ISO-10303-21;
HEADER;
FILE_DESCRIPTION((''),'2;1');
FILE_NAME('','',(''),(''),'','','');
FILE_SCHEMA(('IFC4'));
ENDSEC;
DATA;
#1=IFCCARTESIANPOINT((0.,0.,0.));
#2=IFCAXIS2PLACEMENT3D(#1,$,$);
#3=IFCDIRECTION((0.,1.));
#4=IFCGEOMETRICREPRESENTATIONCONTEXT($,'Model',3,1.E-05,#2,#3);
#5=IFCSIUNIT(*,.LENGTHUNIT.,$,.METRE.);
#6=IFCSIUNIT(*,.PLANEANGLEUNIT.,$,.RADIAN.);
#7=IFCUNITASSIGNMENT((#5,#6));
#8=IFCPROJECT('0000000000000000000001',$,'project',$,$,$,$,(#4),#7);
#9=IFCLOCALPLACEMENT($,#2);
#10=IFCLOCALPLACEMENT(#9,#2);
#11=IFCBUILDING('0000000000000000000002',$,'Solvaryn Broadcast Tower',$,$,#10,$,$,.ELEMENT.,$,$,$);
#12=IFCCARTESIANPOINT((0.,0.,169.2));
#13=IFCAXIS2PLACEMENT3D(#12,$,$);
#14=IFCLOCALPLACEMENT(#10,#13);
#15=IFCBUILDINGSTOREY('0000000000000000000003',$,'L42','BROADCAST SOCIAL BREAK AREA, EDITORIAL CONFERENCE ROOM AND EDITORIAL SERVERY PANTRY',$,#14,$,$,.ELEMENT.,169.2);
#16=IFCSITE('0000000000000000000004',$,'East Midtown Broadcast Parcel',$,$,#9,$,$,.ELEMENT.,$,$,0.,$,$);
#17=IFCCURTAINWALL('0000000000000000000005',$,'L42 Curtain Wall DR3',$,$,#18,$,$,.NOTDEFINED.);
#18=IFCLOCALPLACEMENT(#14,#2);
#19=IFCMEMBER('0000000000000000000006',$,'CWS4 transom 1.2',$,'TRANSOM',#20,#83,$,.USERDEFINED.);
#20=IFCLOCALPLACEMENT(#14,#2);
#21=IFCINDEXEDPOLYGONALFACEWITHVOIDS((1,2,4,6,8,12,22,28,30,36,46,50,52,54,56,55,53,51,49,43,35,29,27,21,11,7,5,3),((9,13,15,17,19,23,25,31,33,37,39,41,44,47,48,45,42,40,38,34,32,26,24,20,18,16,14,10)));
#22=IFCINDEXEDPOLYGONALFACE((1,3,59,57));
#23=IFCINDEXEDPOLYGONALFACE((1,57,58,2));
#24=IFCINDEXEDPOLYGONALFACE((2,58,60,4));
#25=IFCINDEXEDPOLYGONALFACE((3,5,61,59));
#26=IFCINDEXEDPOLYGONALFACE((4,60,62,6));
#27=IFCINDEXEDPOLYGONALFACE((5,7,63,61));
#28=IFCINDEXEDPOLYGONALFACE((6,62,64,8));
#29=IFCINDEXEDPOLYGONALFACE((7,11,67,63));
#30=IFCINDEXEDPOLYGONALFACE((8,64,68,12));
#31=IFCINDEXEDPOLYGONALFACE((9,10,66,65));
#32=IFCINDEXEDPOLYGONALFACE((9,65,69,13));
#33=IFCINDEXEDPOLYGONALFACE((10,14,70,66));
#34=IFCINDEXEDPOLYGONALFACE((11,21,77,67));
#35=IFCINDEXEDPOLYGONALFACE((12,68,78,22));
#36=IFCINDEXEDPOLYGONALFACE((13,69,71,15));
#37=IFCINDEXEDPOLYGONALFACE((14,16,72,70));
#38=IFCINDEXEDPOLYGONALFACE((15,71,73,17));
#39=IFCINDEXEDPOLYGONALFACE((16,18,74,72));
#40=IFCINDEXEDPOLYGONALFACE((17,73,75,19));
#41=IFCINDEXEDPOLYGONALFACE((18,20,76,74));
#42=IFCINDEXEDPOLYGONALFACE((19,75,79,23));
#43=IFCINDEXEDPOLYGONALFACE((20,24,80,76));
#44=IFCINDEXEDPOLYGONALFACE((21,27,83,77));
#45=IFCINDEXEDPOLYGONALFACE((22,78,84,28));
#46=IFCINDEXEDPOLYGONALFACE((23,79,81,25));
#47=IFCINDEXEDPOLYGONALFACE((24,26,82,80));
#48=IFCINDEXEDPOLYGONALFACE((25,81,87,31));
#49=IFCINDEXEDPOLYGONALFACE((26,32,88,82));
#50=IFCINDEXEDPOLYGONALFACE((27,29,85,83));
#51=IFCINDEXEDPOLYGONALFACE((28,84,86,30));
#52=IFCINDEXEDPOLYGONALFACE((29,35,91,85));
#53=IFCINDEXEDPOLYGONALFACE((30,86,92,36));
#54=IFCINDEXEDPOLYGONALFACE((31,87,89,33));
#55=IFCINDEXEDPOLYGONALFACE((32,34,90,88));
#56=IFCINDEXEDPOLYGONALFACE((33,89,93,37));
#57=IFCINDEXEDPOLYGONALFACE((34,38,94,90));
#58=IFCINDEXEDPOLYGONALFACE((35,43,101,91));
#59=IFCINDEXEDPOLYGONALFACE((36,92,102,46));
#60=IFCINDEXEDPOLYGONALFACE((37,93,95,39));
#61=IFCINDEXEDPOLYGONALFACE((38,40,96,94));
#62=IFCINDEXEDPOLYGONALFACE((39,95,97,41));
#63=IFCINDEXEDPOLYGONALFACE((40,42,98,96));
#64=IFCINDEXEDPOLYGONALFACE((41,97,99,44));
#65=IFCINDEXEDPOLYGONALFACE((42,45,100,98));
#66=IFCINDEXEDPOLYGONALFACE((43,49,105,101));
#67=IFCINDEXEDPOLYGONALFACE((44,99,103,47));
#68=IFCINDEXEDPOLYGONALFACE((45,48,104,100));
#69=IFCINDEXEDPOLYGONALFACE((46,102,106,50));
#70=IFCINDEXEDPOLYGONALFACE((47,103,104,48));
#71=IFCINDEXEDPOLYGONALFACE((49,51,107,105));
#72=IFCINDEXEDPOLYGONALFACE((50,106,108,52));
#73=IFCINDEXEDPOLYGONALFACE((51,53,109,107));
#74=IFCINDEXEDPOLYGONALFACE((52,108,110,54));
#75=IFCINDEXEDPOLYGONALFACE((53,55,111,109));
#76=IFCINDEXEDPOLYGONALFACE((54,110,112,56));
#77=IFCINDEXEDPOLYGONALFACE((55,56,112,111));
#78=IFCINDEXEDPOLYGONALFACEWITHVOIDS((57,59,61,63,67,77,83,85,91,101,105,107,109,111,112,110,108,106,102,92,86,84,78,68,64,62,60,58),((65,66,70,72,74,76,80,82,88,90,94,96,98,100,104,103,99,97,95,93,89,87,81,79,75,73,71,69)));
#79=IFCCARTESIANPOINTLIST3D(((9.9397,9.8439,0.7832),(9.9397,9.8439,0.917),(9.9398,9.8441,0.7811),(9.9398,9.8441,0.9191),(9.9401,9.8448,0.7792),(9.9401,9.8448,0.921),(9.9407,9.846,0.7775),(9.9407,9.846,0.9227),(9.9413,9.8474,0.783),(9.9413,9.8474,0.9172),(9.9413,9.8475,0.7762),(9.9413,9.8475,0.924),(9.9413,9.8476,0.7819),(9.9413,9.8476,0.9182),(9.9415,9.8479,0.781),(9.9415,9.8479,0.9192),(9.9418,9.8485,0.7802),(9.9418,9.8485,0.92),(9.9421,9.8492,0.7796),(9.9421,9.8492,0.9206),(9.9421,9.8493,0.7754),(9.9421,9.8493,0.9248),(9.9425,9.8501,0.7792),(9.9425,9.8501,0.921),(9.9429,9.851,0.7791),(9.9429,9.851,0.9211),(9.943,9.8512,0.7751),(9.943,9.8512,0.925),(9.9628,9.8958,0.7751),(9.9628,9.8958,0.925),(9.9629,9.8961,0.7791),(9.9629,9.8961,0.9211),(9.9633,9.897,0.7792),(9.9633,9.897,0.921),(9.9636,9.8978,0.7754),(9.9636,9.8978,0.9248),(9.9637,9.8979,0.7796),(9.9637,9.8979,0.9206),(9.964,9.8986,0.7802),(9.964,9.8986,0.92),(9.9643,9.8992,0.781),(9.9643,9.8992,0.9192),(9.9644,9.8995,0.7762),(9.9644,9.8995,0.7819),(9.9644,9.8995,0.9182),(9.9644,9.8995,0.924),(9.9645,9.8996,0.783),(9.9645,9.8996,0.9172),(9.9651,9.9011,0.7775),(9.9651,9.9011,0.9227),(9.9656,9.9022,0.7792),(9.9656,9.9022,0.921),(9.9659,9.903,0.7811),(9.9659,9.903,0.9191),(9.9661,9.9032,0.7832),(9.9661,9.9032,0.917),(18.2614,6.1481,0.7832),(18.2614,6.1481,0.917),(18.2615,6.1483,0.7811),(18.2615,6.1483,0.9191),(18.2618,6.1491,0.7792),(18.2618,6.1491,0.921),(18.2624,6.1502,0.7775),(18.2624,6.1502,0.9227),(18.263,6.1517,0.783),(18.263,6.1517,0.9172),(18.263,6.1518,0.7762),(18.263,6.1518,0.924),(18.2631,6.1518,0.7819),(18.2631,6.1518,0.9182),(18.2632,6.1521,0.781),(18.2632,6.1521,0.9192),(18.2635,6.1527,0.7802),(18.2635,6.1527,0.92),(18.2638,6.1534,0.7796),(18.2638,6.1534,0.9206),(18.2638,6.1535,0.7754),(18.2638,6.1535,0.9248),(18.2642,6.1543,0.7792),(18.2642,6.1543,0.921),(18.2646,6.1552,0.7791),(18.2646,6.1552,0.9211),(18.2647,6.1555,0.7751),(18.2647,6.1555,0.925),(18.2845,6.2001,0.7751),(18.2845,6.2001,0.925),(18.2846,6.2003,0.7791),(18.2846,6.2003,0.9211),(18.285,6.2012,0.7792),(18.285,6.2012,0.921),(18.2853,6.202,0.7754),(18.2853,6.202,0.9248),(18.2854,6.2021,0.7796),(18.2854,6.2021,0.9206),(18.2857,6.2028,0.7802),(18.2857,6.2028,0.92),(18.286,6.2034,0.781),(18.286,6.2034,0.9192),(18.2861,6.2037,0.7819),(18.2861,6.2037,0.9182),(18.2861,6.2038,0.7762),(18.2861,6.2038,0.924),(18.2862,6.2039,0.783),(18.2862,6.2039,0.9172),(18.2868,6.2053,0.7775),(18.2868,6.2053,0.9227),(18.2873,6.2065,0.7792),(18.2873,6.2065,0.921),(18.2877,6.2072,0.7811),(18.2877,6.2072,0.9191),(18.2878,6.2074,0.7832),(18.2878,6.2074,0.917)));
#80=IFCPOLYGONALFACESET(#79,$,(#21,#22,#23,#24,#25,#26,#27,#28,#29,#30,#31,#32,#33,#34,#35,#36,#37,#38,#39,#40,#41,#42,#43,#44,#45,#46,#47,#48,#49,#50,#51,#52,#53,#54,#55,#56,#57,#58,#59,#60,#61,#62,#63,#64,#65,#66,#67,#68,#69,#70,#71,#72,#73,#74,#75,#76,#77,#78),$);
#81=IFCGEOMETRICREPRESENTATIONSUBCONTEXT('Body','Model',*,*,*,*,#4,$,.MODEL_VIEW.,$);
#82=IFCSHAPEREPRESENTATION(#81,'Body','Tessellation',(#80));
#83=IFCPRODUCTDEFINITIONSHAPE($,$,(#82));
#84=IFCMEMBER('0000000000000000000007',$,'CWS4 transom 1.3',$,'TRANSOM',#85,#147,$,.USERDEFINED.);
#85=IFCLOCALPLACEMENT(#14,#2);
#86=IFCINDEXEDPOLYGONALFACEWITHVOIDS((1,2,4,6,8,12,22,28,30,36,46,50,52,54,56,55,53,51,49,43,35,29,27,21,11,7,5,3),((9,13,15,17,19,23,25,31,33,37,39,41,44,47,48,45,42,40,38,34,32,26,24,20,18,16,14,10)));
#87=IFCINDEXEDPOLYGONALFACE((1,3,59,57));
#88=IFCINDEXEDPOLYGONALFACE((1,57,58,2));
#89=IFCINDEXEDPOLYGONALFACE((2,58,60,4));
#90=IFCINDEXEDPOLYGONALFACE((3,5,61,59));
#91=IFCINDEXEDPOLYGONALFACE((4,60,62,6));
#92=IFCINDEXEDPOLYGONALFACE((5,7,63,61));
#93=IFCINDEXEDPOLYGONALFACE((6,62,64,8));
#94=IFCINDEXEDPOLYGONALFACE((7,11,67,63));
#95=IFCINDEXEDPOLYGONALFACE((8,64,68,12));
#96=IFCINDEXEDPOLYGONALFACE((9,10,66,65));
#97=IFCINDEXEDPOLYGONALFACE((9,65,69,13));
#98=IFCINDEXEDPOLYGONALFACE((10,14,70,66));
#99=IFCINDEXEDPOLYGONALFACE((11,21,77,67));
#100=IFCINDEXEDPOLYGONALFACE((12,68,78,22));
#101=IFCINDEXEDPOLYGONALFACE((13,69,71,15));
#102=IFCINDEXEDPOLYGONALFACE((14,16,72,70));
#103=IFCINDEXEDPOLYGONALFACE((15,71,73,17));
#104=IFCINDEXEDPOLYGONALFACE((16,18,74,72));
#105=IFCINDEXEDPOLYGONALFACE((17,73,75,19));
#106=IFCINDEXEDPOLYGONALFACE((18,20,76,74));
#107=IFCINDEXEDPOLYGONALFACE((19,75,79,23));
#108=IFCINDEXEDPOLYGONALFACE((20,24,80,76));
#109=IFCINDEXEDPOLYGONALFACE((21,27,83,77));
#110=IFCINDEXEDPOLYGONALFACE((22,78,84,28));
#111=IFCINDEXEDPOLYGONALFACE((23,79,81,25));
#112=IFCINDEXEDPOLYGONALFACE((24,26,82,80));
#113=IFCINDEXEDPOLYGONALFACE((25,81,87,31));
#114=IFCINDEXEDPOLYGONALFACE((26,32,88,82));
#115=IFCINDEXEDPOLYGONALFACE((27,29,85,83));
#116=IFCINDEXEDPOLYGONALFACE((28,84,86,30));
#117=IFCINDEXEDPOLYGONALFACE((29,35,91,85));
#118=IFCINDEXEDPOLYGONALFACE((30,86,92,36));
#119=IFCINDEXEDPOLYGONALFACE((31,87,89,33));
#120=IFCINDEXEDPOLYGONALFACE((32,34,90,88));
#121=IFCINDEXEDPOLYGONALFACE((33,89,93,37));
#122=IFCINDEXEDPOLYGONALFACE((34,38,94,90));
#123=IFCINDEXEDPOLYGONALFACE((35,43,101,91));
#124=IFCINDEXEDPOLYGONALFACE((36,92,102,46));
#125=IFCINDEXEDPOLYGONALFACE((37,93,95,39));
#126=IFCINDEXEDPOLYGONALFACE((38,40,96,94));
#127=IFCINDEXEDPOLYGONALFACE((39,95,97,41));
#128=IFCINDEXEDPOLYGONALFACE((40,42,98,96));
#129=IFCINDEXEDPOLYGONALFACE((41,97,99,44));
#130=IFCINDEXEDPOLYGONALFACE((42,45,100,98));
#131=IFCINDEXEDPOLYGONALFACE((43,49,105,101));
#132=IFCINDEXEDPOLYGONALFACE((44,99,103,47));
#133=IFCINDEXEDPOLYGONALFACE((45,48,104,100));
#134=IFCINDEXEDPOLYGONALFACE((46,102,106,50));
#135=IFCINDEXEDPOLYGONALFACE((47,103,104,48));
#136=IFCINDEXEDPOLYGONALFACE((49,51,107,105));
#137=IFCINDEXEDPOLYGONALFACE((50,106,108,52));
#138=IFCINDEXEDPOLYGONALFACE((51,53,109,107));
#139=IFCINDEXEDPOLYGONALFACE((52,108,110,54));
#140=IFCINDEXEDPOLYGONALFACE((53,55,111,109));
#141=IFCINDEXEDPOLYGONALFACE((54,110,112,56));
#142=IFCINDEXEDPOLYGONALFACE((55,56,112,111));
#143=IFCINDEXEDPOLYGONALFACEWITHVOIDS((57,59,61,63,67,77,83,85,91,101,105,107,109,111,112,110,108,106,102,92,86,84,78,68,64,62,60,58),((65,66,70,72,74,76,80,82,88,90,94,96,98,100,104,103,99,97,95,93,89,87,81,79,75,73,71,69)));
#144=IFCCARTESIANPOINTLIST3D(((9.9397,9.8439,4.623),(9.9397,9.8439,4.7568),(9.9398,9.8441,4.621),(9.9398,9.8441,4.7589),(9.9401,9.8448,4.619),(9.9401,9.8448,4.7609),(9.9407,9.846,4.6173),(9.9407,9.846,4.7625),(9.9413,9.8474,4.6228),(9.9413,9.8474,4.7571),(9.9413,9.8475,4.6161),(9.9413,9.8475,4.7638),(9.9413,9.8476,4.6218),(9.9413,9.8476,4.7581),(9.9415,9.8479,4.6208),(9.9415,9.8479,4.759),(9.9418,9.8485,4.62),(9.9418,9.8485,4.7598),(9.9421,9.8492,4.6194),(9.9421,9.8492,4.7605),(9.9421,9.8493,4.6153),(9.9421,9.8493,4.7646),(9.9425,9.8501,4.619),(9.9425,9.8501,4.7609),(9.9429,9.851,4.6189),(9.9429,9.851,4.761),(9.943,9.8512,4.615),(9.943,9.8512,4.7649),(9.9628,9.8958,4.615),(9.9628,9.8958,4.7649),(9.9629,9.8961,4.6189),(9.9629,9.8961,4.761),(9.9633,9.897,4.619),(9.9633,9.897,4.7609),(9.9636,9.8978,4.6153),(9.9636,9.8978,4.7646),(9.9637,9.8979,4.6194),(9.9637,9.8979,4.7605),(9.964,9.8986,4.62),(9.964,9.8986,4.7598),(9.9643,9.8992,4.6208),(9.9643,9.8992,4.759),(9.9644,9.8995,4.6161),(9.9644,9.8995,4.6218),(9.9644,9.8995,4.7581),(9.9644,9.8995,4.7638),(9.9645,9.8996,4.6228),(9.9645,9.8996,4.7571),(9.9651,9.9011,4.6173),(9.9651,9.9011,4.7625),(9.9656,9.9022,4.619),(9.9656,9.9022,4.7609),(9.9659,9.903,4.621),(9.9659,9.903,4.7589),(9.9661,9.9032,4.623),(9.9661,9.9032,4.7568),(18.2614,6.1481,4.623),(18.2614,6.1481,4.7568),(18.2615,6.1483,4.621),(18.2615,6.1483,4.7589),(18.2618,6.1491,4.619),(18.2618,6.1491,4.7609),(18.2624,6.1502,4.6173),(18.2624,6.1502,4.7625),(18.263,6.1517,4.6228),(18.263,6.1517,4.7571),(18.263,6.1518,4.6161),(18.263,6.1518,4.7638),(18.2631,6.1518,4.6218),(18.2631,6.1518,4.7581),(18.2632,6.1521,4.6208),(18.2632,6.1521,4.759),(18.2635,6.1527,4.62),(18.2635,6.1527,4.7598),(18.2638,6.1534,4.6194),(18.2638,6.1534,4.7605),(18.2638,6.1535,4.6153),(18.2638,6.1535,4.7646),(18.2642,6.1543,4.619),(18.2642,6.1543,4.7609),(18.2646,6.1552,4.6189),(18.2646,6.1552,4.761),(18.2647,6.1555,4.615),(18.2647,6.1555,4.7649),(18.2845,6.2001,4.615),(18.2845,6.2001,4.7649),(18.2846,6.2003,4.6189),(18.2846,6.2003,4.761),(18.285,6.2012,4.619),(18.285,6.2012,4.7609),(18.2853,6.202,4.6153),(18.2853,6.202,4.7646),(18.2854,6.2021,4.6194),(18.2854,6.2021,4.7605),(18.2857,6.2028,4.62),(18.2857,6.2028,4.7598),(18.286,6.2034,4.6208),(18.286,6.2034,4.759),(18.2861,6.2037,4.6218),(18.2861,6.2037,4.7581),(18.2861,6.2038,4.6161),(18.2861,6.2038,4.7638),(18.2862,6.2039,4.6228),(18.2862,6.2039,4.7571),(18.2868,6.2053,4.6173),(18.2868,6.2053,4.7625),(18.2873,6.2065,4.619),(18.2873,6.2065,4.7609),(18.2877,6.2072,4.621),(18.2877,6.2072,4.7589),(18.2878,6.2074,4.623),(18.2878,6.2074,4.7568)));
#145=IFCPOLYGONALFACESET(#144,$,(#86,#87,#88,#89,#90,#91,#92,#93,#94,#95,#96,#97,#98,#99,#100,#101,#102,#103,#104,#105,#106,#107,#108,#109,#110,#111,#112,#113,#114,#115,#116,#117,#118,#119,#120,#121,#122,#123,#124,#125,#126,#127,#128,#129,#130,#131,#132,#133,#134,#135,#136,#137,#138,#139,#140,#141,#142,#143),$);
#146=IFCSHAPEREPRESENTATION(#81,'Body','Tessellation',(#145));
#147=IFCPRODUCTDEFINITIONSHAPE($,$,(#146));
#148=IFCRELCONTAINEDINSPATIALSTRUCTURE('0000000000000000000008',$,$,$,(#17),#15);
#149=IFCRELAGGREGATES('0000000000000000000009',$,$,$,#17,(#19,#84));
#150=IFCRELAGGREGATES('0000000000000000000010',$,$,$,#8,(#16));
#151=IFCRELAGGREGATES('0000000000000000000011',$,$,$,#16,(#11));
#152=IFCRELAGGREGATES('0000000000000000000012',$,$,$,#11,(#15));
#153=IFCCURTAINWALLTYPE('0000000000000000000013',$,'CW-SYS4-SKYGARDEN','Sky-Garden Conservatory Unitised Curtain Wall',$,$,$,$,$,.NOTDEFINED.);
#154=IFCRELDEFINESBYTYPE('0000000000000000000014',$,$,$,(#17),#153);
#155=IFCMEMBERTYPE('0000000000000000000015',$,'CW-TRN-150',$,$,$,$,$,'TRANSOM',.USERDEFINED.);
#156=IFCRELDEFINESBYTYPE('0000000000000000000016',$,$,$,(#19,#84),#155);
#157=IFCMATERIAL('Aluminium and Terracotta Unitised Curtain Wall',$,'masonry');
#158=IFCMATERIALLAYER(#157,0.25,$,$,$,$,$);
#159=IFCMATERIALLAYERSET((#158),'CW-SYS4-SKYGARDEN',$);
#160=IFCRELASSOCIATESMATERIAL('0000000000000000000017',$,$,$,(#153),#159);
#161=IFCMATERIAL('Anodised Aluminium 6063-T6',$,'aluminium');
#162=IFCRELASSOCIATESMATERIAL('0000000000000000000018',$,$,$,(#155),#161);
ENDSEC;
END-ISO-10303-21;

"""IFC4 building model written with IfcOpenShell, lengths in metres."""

from ifc_helpers import new_model, si_unit, direction, frame, origin, origin_2d, place, context, subcontext, project, spatial, hollow_rectangle, extrude, material, layer, layer_set, material_profile, profile_set, type_object, element, aggregate, save


model = new_model("IFC4")

# Units and contexts
model_context = context("Model", 3, precision=1e-05, world=origin(), true_north=direction((0.0, 1.0)))
body_context = subcontext(model_context, "Body", "Model", "MODEL_VIEW")
ifc_project = project(units=[si_unit("LENGTHUNIT", "METRE"), si_unit("PLANEANGLEUNIT", "RADIAN")], contexts=[model_context])

# Site, building, storey
site_placement = place(None, origin())
site = spatial("IfcSite", under=ifc_project, at=site_placement, Name="East Midtown Broadcast Parcel", CompositionType="ELEMENT", RefElevation=0.0)
building_placement = place(site_placement, origin())
building = spatial("IfcBuilding", under=site, at=building_placement, Name="Solvaryn Broadcast Tower", CompositionType="ELEMENT")
storey_placement = place(building_placement, frame((0.0, 0.0, 169.2)))
storey = spatial("IfcBuildingStorey", under=building, at=storey_placement, Name="L42", Description="BROADCAST SOCIAL BREAK AREA, EDITORIAL CONFERENCE ROOM AND EDITORIAL SERVERY PANTRY", CompositionType="ELEMENT", Elevation=169.2)

# Shared definitions
ifc_material_1 = material(Name="Aluminium and Terracotta Unitised Curtain Wall", Category="masonry")
ifc_layer_1 = layer(ifc_material_1, 0.25)
ifc_layer_set_1 = layer_set([ifc_layer_1], Name="CW-SYS4-SKYGARDEN")
curtain_wall_type = type_object("IfcCurtainWallType", Name="CW-SYS4-SKYGARDEN", Description="Sky-Garden Conservatory Unitised Curtain Wall", PredefinedType="NOTDEFINED", material=ifc_layer_set_1)

# Curtain wall, members
curtain_wall_1_placement = place(storey_placement, origin())
curtain_wall_1 = element("IfcCurtainWall", 1, at=curtain_wall_1_placement, inside=storey, type_object=curtain_wall_type, Name="L42 Curtain Wall DR3", PredefinedType="NOTDEFINED")
ifc_material_2 = material(Name="Anodised Aluminium 6063-T6", Category="aluminium")
ifc_material_profile_1 = material_profile(ifc_material_2, hollow_rectangle(XDim=0.0649, YDim=0.1499, WallThickness=0.0039, InnerFilletRadius=0.0039, OuterFilletRadius=0.0081, at=origin_2d()))
ifc_profile_set_1 = profile_set([ifc_material_profile_1], Name="Anodised Aluminium 6063-T6")
member_type_1 = type_object("IfcMemberType", Name="CW-TRN-150", ElementType="TRANSOM", PredefinedType="USERDEFINED", material=ifc_profile_set_1)
member_1_placement = place(storey_placement, frame((9.9529, 9.8735, 0.8501), z_axis=(0.913924, -0.405885, 0.0), x_axis=(0.405885, 0.913924, 0.0)))
member_1 = element("IfcMember", 2, at=member_1_placement, type_object=member_type_1, Name="CWS4 transom 1.2", ObjectType="TRANSOM", PredefinedType="USERDEFINED", context=body_context, shape_type="SweptSolid", body=[
    extrude(hollow_rectangle(XDim=0.0649, YDim=0.1499, WallThickness=0.0039, InnerFilletRadius=0.0039, OuterFilletRadius=0.0081, at=origin_2d()), origin(), (0.0, 0.0, 1.0), 9.1055),
])
member_2_placement = place(storey_placement, frame((9.9529, 9.8735, 4.6899), z_axis=(0.913924, -0.405885, 0.0), x_axis=(0.405885, 0.913924, 0.0)))
member_2 = element("IfcMember", 3, at=member_2_placement, type_object=member_type_1, Name="CWS4 transom 1.3", ObjectType="TRANSOM", PredefinedType="USERDEFINED", context=body_context, shape_type="SweptSolid", body=[
    extrude(hollow_rectangle(XDim=0.0649, YDim=0.1499, WallThickness=0.0039, InnerFilletRadius=0.0039, OuterFilletRadius=0.0081, at=origin_2d()), origin(), (0.0, 0.0, 1.0), 9.1055),
])

aggregate(curtain_wall_1, [member_1, member_2])

save(model, "model.ifc")
